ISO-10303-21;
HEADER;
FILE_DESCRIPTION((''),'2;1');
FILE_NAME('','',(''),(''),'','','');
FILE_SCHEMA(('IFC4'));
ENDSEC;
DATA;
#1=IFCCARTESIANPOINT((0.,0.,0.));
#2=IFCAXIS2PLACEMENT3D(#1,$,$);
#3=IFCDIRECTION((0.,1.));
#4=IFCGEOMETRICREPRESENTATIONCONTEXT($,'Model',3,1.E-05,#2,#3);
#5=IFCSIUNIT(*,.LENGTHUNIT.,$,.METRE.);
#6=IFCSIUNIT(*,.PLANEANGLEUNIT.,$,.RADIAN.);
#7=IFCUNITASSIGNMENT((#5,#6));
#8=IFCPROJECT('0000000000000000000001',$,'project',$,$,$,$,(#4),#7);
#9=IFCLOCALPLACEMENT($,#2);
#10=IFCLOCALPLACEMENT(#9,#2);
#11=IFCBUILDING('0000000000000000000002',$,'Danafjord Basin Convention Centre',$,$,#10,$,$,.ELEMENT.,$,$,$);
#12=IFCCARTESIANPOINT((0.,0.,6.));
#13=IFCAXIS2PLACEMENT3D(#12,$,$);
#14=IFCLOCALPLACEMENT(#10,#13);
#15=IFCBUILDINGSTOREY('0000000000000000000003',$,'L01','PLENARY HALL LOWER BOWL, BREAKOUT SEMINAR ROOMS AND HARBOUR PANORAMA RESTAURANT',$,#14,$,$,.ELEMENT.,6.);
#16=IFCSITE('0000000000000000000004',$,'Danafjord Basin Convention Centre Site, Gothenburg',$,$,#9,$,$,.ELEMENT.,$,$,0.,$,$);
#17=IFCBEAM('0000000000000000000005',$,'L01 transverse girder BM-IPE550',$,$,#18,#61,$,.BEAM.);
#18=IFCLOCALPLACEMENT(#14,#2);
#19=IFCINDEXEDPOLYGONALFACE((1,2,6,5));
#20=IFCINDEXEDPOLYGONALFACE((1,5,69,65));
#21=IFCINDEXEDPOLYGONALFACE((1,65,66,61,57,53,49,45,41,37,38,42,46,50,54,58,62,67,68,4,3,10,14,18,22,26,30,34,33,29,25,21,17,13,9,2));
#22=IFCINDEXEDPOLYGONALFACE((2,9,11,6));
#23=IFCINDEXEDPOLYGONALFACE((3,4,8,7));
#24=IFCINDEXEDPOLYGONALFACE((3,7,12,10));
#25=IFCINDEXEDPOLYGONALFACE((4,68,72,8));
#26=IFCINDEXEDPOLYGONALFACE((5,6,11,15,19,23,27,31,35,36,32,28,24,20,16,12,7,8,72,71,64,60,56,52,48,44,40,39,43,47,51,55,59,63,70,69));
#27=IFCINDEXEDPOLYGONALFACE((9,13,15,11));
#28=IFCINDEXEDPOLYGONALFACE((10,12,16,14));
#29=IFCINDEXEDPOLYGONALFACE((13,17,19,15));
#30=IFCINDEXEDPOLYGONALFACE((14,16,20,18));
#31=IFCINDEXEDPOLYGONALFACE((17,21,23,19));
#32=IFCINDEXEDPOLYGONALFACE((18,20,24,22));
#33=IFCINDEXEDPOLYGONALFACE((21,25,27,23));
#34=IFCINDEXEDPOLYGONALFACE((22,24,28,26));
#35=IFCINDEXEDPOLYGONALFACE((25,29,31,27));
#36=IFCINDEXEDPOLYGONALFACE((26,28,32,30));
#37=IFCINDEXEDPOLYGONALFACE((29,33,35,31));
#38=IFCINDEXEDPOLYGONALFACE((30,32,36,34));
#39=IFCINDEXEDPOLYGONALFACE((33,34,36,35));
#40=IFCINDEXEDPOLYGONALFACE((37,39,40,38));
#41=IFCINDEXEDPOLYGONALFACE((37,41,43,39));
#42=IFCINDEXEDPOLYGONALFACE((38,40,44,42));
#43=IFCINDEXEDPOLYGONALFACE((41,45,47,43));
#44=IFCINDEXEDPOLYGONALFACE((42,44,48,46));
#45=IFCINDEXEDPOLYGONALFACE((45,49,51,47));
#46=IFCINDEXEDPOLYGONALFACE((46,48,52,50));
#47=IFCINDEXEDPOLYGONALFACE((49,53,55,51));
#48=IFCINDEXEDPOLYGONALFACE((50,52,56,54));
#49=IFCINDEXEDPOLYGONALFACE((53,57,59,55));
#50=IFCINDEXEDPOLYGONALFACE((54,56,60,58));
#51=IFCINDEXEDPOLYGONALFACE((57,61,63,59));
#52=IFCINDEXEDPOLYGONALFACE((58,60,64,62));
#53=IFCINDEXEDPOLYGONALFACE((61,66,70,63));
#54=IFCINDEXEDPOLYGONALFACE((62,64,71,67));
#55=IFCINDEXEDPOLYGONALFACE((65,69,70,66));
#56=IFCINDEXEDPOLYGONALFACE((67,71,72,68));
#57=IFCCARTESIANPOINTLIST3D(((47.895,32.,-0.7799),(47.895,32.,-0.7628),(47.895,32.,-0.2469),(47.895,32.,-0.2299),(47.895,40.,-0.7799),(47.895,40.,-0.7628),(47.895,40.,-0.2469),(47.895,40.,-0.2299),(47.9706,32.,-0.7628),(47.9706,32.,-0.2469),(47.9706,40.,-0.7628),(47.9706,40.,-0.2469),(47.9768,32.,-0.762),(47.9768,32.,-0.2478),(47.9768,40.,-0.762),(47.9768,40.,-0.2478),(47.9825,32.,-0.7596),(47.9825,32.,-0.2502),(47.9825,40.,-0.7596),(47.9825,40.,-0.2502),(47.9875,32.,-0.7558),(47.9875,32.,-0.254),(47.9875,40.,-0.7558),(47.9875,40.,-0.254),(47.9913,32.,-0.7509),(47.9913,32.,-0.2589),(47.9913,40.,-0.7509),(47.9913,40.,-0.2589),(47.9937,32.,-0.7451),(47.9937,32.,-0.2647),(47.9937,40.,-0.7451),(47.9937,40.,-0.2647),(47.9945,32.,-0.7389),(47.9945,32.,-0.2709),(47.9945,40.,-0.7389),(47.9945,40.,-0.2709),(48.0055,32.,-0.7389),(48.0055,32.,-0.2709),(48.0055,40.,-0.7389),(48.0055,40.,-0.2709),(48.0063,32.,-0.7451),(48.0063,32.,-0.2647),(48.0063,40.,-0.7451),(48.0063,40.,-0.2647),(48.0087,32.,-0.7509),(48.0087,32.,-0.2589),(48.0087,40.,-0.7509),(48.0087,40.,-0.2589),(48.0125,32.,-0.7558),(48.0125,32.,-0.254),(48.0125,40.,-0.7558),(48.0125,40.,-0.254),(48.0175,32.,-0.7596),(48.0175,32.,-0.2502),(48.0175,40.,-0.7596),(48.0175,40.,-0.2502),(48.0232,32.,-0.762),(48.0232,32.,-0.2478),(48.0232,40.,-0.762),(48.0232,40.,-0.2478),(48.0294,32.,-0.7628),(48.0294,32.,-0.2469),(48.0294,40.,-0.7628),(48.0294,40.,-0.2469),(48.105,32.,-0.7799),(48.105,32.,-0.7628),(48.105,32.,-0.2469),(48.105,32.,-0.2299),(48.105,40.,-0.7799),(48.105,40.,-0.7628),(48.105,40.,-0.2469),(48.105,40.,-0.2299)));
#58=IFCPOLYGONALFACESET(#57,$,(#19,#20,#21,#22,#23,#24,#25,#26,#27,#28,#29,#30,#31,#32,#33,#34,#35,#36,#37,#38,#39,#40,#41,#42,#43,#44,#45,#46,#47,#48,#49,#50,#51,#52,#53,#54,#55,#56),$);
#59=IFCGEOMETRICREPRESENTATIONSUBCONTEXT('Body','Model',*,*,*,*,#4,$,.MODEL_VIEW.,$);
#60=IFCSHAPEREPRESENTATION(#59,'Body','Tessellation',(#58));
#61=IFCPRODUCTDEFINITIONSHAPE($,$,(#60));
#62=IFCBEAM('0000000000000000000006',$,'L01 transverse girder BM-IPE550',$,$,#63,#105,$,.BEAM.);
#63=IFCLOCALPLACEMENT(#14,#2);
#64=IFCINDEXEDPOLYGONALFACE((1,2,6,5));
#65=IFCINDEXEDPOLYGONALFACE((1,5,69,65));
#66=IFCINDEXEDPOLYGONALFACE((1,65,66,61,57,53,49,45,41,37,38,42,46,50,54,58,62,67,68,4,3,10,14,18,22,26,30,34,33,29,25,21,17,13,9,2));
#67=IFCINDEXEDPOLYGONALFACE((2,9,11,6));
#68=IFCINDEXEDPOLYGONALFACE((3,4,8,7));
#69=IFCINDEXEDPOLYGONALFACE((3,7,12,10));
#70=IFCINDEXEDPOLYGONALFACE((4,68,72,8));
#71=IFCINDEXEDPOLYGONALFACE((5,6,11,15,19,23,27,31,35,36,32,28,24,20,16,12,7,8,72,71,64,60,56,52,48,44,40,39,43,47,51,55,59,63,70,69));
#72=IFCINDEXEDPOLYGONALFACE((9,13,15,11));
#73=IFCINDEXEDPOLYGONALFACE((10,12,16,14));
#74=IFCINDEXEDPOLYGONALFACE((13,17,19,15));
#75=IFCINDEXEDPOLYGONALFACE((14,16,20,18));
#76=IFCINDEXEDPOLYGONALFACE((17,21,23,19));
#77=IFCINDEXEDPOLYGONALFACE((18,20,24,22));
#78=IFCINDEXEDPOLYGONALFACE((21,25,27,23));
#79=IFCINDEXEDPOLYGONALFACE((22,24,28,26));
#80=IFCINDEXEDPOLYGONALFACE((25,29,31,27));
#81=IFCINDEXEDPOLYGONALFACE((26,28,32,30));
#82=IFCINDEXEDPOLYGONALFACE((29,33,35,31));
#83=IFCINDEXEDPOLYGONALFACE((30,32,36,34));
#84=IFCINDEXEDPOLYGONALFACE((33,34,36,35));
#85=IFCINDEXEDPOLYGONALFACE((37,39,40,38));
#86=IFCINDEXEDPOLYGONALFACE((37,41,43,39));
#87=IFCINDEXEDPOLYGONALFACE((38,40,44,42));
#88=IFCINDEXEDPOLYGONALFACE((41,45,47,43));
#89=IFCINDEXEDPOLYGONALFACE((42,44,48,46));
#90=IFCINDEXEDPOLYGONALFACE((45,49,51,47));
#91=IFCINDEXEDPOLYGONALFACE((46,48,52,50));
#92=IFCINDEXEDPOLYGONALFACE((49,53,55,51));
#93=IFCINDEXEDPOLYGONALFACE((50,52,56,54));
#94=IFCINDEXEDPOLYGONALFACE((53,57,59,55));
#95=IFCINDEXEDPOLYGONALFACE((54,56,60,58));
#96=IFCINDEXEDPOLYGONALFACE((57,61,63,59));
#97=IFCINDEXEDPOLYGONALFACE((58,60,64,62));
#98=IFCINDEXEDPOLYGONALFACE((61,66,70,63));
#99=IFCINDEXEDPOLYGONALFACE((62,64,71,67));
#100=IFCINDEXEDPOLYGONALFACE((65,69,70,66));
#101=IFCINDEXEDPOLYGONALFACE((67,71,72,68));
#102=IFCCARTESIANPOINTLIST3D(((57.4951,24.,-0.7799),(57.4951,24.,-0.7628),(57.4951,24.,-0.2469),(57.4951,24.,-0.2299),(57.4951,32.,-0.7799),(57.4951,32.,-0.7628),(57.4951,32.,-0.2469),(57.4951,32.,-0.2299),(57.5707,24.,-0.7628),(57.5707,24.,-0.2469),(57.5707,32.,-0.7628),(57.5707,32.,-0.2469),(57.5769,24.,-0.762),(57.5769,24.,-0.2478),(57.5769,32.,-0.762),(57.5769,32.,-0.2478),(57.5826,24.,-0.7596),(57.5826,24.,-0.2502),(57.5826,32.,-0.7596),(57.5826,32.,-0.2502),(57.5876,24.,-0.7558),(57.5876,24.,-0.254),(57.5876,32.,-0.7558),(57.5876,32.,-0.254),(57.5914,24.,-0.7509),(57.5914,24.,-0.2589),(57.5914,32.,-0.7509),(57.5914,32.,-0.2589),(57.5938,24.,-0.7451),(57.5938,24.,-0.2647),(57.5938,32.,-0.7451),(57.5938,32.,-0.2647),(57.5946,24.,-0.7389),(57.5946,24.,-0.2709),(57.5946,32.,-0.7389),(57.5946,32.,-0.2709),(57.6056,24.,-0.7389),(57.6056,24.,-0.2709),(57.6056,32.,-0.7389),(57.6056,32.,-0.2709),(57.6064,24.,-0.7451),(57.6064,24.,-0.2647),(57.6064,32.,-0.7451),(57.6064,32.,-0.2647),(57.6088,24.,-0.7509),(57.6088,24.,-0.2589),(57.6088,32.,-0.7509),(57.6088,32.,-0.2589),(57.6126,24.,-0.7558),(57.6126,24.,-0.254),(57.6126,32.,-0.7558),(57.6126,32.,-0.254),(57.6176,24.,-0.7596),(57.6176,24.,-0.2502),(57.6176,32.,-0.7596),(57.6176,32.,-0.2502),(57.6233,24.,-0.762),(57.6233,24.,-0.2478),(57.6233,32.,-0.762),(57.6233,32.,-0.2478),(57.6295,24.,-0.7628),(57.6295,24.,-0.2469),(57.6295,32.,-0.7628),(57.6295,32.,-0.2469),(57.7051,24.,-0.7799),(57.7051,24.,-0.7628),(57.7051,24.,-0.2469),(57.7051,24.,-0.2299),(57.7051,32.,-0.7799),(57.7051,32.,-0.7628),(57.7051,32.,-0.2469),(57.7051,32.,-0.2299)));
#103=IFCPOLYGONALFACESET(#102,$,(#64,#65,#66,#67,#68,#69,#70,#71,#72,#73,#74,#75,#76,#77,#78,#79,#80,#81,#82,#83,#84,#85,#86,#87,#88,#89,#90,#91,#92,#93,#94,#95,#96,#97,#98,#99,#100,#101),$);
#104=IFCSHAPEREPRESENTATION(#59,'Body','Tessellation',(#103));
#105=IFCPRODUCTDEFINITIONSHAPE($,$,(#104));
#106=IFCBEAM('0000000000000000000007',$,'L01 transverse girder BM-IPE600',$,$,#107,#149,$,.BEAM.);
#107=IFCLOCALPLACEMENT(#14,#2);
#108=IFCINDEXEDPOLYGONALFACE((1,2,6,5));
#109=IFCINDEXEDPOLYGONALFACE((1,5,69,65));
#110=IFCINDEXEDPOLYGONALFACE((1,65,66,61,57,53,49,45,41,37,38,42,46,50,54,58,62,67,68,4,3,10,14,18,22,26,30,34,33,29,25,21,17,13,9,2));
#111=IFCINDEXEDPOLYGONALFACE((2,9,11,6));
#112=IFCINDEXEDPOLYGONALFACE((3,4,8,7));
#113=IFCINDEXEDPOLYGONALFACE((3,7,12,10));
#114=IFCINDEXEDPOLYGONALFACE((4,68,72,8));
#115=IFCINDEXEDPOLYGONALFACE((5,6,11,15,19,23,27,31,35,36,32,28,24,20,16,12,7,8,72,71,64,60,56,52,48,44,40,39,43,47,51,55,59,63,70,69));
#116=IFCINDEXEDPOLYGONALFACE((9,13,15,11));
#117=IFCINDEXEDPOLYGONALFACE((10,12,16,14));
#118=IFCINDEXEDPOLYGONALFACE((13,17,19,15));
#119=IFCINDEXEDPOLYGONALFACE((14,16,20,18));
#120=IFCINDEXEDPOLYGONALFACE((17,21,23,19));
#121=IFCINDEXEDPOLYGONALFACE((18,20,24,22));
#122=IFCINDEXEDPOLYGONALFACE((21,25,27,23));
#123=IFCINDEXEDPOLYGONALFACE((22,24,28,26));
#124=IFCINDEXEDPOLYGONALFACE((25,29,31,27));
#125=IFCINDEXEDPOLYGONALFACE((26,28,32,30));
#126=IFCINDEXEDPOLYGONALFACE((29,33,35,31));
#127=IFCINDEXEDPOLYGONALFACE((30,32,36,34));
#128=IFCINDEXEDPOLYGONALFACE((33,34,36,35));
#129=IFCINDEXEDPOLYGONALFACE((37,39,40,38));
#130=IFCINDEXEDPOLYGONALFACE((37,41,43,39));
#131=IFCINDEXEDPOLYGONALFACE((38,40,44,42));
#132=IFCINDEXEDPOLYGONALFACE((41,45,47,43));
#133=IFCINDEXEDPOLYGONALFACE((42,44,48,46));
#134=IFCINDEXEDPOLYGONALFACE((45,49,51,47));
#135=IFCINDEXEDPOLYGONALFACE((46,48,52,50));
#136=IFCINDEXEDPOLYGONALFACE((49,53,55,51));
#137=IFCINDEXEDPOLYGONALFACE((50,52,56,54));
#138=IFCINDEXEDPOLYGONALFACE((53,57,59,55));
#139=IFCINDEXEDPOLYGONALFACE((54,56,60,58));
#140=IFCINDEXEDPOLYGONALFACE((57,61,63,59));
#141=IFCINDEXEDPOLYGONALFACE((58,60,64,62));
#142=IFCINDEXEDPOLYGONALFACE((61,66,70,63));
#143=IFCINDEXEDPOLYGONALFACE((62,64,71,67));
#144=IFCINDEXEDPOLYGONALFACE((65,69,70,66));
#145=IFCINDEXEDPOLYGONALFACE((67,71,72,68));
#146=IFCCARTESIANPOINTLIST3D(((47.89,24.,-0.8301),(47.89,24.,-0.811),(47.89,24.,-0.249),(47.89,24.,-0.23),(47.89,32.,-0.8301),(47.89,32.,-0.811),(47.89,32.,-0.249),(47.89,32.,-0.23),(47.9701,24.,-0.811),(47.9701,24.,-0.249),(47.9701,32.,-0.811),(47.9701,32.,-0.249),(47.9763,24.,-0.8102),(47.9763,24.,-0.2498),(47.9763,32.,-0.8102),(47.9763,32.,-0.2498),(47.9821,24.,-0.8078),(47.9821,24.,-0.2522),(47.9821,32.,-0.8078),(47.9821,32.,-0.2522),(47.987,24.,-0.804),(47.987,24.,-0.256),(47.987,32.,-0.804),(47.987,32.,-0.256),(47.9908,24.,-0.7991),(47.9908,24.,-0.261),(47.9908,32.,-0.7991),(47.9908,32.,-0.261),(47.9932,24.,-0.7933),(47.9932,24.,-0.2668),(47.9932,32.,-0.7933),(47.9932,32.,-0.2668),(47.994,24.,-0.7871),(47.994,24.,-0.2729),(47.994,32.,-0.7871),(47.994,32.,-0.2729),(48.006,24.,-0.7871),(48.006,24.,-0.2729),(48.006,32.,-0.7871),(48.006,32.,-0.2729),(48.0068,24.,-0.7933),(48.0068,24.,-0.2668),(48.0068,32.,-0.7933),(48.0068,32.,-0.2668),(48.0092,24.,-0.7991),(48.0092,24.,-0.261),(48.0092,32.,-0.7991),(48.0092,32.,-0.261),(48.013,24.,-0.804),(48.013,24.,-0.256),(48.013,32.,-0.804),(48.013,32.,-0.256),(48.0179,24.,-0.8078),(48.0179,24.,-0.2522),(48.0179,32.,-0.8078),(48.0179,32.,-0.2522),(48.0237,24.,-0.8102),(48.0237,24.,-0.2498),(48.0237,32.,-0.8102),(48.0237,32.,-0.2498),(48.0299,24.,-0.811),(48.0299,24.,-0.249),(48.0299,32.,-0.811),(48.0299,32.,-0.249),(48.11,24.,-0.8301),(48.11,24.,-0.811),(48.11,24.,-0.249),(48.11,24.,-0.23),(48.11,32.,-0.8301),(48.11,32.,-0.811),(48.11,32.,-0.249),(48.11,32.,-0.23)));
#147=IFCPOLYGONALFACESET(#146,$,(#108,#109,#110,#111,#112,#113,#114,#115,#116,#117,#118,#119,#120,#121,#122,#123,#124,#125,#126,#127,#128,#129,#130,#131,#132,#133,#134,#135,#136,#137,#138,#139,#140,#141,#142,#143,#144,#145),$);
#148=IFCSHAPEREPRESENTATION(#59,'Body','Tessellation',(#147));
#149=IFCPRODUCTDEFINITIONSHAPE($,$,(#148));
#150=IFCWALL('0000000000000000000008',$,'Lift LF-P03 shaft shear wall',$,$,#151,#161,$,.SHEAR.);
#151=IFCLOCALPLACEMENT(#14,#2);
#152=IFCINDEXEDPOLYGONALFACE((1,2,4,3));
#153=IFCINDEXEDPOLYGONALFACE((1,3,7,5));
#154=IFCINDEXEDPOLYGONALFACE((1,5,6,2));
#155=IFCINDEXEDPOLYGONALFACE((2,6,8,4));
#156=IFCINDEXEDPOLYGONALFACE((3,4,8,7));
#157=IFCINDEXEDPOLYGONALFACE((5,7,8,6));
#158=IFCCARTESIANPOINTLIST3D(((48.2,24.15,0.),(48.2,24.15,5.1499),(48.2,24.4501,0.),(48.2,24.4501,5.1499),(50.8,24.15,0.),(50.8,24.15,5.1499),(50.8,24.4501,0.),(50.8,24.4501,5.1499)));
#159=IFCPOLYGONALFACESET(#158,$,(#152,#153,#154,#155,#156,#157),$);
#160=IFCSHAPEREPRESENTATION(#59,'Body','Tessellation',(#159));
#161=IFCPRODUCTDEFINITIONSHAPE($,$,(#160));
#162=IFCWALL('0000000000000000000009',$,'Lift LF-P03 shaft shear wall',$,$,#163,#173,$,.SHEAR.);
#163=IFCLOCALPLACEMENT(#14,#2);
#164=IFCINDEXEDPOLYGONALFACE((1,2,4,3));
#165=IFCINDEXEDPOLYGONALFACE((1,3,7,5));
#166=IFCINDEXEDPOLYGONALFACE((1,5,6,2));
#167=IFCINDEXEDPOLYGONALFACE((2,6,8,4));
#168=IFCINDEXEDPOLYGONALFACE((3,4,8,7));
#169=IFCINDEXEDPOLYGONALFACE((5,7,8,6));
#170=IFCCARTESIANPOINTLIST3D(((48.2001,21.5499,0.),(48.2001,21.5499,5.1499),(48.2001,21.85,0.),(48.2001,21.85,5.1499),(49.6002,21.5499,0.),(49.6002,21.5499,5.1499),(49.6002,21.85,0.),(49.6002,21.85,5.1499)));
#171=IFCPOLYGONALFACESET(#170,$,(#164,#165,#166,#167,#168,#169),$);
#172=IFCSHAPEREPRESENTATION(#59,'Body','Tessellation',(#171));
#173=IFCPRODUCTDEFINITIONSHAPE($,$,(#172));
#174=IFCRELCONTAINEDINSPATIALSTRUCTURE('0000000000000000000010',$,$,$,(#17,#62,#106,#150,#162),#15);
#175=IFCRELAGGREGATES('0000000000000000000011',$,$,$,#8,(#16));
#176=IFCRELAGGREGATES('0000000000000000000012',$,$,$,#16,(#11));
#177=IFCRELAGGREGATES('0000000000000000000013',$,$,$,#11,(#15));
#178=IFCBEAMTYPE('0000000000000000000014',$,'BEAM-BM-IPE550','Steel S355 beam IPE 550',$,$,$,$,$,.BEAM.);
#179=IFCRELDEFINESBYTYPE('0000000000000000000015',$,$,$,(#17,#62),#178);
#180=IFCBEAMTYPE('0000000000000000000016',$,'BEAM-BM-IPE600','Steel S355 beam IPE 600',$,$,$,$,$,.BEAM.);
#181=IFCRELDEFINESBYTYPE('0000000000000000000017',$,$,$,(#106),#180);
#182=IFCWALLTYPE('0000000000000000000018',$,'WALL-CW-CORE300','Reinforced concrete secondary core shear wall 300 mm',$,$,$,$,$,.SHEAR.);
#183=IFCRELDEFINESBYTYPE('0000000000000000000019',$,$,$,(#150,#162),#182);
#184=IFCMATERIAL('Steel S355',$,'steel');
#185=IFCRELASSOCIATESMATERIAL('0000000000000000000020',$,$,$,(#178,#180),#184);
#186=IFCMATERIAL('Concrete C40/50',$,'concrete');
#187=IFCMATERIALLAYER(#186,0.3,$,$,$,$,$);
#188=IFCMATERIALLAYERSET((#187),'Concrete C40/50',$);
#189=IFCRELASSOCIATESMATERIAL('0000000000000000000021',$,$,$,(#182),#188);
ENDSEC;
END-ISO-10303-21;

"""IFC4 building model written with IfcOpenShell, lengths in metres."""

from ifc_helpers import new_model, si_unit, direction, frame, frame_2d, origin, origin_2d, place, context, subcontext, project, spatial, rectangle, i_section, extrude, material, layer, layer_set, material_profile, profile_set, type_object, element, save


model = new_model("IFC4")

# Units and contexts
model_context = context("Model", 3, precision=1e-05, world=origin(), true_north=direction((0.0, 1.0)))
body_context = subcontext(model_context, "Body", "Model", "MODEL_VIEW")
ifc_project = project(units=[si_unit("LENGTHUNIT", "METRE"), si_unit("PLANEANGLEUNIT", "RADIAN")], contexts=[model_context])

# Site, building, storey
site_placement = place(None, origin())
site = spatial("IfcSite", under=ifc_project, at=site_placement, Name="Danafjord Basin Convention Centre Site, Gothenburg", CompositionType="ELEMENT", RefElevation=0.0)
building_placement = place(site_placement, origin())
building = spatial("IfcBuilding", under=site, at=building_placement, Name="Danafjord Basin Convention Centre", CompositionType="ELEMENT")
storey_placement = place(building_placement, frame((0.0, 0.0, 6.0)))
storey = spatial("IfcBuildingStorey", under=building, at=storey_placement, Name="L01", Description="PLENARY HALL LOWER BOWL, BREAKOUT SEMINAR ROOMS AND HARBOUR PANORAMA RESTAURANT", CompositionType="ELEMENT", Elevation=6.0)

# Shared definitions
ifc_material_1 = material(Name="Steel S355", Category="steel")

# Beams
ifc_material_profile_1 = material_profile(ifc_material_1, i_section(OverallWidth=0.21, OverallDepth=0.55, WebThickness=0.011, FlangeThickness=0.0171, FilletRadius=0.0239, at=origin_2d()), Name="IPE 550")
ifc_profile_set_1 = profile_set([ifc_material_profile_1], Name="Steel S355")
beam_type_1 = type_object("IfcBeamType", Name="BEAM-BM-IPE550", Description="Steel S355 beam IPE 550", PredefinedType="BEAM", material=ifc_profile_set_1)
for number, where, z_axis, x_axis, name in (
    (1, (48.0, 32.0, -0.5049), (0.0, 1.0, 0.0), (-1.0, 0.0, 0.0), "L01 transverse girder BM-IPE550"),
    (2, (57.6001, 24.0, -0.5049), (0.0, 1.0, 0.0), (-1.0, 0.0, 0.0), "L01 transverse girder BM-IPE550"),
):
    element("IfcBeam", number, at=place(storey_placement, frame(where, z_axis=z_axis, x_axis=x_axis)), inside=storey, type_object=beam_type_1, Name=name, PredefinedType="BEAM", context=body_context, shape_type="SweptSolid", body=[
        extrude(i_section(OverallWidth=0.21, OverallDepth=0.55, WebThickness=0.011, FlangeThickness=0.0171, FilletRadius=0.0239, at=origin_2d()), origin(), (0.0, 0.0, 1.0), 8.0),
    ])
ifc_material_profile_2 = material_profile(ifc_material_1, i_section(OverallWidth=0.22, OverallDepth=0.6001, WebThickness=0.012, FlangeThickness=0.019, FilletRadius=0.0239, at=origin_2d()), Name="IPE 600")
ifc_profile_set_2 = profile_set([ifc_material_profile_2], Name="Steel S355")
beam_type_2 = type_object("IfcBeamType", Name="BEAM-BM-IPE600", Description="Steel S355 beam IPE 600", PredefinedType="BEAM", material=ifc_profile_set_2)
beam_1_placement = place(storey_placement, frame((48.0, 24.0, -0.53), z_axis=(0.0, 1.0, 0.0), x_axis=(-1.0, 0.0, 0.0)))
element("IfcBeam", 3, at=beam_1_placement, inside=storey, type_object=beam_type_2, Name="L01 transverse girder BM-IPE600", PredefinedType="BEAM", context=body_context, shape_type="SweptSolid", body=[
    extrude(i_section(OverallWidth=0.22, OverallDepth=0.6001, WebThickness=0.012, FlangeThickness=0.019, FilletRadius=0.0239, at=origin_2d()), origin(), (0.0, 0.0, 1.0), 8.0),
])

# Walls
ifc_material_2 = material(Name="Concrete C40/50", Category="concrete")
ifc_layer_1 = layer(ifc_material_2, 0.3)
ifc_layer_set_1 = layer_set([ifc_layer_1], Name="Concrete C40/50")
wall_type_1 = type_object("IfcWallType", Name="WALL-CW-CORE300", Description="Reinforced concrete secondary core shear wall 300 mm", PredefinedType="SHEAR", material=ifc_layer_set_1)
wall_1_placement = place(storey_placement, frame((50.8, 24.3, 0.0), z_axis=(0.0, 0.0, 1.0), x_axis=(-1.0, 0.0, 0.0)))
element("IfcWall", 4, at=wall_1_placement, inside=storey, type_object=wall_type_1, Name="Lift LF-P03 shaft shear wall", PredefinedType="SHEAR", context=body_context, shape_type="SweptSolid", body=[
    extrude(rectangle(XDim=2.6001, YDim=0.3, at=frame_2d((1.3, 0.0))), origin(), (0.0, 0.0, 1.0), 5.1499),
])
wall_2_placement = place(storey_placement, frame((48.2, 21.7, 0.0), z_axis=(0.0, 0.0, 1.0), x_axis=(1.0, 0.0, 0.0)))
element("IfcWall", 5, at=wall_2_placement, inside=storey, type_object=wall_type_1, Name="Lift LF-P03 shaft shear wall", PredefinedType="SHEAR", context=body_context, shape_type="SweptSolid", body=[
    extrude(rectangle(XDim=1.4001, YDim=0.3, at=frame_2d((0.7002, 0.0))), origin(), (0.0, 0.0, 1.0), 5.1499),
])

save(model, "model.ifc")
